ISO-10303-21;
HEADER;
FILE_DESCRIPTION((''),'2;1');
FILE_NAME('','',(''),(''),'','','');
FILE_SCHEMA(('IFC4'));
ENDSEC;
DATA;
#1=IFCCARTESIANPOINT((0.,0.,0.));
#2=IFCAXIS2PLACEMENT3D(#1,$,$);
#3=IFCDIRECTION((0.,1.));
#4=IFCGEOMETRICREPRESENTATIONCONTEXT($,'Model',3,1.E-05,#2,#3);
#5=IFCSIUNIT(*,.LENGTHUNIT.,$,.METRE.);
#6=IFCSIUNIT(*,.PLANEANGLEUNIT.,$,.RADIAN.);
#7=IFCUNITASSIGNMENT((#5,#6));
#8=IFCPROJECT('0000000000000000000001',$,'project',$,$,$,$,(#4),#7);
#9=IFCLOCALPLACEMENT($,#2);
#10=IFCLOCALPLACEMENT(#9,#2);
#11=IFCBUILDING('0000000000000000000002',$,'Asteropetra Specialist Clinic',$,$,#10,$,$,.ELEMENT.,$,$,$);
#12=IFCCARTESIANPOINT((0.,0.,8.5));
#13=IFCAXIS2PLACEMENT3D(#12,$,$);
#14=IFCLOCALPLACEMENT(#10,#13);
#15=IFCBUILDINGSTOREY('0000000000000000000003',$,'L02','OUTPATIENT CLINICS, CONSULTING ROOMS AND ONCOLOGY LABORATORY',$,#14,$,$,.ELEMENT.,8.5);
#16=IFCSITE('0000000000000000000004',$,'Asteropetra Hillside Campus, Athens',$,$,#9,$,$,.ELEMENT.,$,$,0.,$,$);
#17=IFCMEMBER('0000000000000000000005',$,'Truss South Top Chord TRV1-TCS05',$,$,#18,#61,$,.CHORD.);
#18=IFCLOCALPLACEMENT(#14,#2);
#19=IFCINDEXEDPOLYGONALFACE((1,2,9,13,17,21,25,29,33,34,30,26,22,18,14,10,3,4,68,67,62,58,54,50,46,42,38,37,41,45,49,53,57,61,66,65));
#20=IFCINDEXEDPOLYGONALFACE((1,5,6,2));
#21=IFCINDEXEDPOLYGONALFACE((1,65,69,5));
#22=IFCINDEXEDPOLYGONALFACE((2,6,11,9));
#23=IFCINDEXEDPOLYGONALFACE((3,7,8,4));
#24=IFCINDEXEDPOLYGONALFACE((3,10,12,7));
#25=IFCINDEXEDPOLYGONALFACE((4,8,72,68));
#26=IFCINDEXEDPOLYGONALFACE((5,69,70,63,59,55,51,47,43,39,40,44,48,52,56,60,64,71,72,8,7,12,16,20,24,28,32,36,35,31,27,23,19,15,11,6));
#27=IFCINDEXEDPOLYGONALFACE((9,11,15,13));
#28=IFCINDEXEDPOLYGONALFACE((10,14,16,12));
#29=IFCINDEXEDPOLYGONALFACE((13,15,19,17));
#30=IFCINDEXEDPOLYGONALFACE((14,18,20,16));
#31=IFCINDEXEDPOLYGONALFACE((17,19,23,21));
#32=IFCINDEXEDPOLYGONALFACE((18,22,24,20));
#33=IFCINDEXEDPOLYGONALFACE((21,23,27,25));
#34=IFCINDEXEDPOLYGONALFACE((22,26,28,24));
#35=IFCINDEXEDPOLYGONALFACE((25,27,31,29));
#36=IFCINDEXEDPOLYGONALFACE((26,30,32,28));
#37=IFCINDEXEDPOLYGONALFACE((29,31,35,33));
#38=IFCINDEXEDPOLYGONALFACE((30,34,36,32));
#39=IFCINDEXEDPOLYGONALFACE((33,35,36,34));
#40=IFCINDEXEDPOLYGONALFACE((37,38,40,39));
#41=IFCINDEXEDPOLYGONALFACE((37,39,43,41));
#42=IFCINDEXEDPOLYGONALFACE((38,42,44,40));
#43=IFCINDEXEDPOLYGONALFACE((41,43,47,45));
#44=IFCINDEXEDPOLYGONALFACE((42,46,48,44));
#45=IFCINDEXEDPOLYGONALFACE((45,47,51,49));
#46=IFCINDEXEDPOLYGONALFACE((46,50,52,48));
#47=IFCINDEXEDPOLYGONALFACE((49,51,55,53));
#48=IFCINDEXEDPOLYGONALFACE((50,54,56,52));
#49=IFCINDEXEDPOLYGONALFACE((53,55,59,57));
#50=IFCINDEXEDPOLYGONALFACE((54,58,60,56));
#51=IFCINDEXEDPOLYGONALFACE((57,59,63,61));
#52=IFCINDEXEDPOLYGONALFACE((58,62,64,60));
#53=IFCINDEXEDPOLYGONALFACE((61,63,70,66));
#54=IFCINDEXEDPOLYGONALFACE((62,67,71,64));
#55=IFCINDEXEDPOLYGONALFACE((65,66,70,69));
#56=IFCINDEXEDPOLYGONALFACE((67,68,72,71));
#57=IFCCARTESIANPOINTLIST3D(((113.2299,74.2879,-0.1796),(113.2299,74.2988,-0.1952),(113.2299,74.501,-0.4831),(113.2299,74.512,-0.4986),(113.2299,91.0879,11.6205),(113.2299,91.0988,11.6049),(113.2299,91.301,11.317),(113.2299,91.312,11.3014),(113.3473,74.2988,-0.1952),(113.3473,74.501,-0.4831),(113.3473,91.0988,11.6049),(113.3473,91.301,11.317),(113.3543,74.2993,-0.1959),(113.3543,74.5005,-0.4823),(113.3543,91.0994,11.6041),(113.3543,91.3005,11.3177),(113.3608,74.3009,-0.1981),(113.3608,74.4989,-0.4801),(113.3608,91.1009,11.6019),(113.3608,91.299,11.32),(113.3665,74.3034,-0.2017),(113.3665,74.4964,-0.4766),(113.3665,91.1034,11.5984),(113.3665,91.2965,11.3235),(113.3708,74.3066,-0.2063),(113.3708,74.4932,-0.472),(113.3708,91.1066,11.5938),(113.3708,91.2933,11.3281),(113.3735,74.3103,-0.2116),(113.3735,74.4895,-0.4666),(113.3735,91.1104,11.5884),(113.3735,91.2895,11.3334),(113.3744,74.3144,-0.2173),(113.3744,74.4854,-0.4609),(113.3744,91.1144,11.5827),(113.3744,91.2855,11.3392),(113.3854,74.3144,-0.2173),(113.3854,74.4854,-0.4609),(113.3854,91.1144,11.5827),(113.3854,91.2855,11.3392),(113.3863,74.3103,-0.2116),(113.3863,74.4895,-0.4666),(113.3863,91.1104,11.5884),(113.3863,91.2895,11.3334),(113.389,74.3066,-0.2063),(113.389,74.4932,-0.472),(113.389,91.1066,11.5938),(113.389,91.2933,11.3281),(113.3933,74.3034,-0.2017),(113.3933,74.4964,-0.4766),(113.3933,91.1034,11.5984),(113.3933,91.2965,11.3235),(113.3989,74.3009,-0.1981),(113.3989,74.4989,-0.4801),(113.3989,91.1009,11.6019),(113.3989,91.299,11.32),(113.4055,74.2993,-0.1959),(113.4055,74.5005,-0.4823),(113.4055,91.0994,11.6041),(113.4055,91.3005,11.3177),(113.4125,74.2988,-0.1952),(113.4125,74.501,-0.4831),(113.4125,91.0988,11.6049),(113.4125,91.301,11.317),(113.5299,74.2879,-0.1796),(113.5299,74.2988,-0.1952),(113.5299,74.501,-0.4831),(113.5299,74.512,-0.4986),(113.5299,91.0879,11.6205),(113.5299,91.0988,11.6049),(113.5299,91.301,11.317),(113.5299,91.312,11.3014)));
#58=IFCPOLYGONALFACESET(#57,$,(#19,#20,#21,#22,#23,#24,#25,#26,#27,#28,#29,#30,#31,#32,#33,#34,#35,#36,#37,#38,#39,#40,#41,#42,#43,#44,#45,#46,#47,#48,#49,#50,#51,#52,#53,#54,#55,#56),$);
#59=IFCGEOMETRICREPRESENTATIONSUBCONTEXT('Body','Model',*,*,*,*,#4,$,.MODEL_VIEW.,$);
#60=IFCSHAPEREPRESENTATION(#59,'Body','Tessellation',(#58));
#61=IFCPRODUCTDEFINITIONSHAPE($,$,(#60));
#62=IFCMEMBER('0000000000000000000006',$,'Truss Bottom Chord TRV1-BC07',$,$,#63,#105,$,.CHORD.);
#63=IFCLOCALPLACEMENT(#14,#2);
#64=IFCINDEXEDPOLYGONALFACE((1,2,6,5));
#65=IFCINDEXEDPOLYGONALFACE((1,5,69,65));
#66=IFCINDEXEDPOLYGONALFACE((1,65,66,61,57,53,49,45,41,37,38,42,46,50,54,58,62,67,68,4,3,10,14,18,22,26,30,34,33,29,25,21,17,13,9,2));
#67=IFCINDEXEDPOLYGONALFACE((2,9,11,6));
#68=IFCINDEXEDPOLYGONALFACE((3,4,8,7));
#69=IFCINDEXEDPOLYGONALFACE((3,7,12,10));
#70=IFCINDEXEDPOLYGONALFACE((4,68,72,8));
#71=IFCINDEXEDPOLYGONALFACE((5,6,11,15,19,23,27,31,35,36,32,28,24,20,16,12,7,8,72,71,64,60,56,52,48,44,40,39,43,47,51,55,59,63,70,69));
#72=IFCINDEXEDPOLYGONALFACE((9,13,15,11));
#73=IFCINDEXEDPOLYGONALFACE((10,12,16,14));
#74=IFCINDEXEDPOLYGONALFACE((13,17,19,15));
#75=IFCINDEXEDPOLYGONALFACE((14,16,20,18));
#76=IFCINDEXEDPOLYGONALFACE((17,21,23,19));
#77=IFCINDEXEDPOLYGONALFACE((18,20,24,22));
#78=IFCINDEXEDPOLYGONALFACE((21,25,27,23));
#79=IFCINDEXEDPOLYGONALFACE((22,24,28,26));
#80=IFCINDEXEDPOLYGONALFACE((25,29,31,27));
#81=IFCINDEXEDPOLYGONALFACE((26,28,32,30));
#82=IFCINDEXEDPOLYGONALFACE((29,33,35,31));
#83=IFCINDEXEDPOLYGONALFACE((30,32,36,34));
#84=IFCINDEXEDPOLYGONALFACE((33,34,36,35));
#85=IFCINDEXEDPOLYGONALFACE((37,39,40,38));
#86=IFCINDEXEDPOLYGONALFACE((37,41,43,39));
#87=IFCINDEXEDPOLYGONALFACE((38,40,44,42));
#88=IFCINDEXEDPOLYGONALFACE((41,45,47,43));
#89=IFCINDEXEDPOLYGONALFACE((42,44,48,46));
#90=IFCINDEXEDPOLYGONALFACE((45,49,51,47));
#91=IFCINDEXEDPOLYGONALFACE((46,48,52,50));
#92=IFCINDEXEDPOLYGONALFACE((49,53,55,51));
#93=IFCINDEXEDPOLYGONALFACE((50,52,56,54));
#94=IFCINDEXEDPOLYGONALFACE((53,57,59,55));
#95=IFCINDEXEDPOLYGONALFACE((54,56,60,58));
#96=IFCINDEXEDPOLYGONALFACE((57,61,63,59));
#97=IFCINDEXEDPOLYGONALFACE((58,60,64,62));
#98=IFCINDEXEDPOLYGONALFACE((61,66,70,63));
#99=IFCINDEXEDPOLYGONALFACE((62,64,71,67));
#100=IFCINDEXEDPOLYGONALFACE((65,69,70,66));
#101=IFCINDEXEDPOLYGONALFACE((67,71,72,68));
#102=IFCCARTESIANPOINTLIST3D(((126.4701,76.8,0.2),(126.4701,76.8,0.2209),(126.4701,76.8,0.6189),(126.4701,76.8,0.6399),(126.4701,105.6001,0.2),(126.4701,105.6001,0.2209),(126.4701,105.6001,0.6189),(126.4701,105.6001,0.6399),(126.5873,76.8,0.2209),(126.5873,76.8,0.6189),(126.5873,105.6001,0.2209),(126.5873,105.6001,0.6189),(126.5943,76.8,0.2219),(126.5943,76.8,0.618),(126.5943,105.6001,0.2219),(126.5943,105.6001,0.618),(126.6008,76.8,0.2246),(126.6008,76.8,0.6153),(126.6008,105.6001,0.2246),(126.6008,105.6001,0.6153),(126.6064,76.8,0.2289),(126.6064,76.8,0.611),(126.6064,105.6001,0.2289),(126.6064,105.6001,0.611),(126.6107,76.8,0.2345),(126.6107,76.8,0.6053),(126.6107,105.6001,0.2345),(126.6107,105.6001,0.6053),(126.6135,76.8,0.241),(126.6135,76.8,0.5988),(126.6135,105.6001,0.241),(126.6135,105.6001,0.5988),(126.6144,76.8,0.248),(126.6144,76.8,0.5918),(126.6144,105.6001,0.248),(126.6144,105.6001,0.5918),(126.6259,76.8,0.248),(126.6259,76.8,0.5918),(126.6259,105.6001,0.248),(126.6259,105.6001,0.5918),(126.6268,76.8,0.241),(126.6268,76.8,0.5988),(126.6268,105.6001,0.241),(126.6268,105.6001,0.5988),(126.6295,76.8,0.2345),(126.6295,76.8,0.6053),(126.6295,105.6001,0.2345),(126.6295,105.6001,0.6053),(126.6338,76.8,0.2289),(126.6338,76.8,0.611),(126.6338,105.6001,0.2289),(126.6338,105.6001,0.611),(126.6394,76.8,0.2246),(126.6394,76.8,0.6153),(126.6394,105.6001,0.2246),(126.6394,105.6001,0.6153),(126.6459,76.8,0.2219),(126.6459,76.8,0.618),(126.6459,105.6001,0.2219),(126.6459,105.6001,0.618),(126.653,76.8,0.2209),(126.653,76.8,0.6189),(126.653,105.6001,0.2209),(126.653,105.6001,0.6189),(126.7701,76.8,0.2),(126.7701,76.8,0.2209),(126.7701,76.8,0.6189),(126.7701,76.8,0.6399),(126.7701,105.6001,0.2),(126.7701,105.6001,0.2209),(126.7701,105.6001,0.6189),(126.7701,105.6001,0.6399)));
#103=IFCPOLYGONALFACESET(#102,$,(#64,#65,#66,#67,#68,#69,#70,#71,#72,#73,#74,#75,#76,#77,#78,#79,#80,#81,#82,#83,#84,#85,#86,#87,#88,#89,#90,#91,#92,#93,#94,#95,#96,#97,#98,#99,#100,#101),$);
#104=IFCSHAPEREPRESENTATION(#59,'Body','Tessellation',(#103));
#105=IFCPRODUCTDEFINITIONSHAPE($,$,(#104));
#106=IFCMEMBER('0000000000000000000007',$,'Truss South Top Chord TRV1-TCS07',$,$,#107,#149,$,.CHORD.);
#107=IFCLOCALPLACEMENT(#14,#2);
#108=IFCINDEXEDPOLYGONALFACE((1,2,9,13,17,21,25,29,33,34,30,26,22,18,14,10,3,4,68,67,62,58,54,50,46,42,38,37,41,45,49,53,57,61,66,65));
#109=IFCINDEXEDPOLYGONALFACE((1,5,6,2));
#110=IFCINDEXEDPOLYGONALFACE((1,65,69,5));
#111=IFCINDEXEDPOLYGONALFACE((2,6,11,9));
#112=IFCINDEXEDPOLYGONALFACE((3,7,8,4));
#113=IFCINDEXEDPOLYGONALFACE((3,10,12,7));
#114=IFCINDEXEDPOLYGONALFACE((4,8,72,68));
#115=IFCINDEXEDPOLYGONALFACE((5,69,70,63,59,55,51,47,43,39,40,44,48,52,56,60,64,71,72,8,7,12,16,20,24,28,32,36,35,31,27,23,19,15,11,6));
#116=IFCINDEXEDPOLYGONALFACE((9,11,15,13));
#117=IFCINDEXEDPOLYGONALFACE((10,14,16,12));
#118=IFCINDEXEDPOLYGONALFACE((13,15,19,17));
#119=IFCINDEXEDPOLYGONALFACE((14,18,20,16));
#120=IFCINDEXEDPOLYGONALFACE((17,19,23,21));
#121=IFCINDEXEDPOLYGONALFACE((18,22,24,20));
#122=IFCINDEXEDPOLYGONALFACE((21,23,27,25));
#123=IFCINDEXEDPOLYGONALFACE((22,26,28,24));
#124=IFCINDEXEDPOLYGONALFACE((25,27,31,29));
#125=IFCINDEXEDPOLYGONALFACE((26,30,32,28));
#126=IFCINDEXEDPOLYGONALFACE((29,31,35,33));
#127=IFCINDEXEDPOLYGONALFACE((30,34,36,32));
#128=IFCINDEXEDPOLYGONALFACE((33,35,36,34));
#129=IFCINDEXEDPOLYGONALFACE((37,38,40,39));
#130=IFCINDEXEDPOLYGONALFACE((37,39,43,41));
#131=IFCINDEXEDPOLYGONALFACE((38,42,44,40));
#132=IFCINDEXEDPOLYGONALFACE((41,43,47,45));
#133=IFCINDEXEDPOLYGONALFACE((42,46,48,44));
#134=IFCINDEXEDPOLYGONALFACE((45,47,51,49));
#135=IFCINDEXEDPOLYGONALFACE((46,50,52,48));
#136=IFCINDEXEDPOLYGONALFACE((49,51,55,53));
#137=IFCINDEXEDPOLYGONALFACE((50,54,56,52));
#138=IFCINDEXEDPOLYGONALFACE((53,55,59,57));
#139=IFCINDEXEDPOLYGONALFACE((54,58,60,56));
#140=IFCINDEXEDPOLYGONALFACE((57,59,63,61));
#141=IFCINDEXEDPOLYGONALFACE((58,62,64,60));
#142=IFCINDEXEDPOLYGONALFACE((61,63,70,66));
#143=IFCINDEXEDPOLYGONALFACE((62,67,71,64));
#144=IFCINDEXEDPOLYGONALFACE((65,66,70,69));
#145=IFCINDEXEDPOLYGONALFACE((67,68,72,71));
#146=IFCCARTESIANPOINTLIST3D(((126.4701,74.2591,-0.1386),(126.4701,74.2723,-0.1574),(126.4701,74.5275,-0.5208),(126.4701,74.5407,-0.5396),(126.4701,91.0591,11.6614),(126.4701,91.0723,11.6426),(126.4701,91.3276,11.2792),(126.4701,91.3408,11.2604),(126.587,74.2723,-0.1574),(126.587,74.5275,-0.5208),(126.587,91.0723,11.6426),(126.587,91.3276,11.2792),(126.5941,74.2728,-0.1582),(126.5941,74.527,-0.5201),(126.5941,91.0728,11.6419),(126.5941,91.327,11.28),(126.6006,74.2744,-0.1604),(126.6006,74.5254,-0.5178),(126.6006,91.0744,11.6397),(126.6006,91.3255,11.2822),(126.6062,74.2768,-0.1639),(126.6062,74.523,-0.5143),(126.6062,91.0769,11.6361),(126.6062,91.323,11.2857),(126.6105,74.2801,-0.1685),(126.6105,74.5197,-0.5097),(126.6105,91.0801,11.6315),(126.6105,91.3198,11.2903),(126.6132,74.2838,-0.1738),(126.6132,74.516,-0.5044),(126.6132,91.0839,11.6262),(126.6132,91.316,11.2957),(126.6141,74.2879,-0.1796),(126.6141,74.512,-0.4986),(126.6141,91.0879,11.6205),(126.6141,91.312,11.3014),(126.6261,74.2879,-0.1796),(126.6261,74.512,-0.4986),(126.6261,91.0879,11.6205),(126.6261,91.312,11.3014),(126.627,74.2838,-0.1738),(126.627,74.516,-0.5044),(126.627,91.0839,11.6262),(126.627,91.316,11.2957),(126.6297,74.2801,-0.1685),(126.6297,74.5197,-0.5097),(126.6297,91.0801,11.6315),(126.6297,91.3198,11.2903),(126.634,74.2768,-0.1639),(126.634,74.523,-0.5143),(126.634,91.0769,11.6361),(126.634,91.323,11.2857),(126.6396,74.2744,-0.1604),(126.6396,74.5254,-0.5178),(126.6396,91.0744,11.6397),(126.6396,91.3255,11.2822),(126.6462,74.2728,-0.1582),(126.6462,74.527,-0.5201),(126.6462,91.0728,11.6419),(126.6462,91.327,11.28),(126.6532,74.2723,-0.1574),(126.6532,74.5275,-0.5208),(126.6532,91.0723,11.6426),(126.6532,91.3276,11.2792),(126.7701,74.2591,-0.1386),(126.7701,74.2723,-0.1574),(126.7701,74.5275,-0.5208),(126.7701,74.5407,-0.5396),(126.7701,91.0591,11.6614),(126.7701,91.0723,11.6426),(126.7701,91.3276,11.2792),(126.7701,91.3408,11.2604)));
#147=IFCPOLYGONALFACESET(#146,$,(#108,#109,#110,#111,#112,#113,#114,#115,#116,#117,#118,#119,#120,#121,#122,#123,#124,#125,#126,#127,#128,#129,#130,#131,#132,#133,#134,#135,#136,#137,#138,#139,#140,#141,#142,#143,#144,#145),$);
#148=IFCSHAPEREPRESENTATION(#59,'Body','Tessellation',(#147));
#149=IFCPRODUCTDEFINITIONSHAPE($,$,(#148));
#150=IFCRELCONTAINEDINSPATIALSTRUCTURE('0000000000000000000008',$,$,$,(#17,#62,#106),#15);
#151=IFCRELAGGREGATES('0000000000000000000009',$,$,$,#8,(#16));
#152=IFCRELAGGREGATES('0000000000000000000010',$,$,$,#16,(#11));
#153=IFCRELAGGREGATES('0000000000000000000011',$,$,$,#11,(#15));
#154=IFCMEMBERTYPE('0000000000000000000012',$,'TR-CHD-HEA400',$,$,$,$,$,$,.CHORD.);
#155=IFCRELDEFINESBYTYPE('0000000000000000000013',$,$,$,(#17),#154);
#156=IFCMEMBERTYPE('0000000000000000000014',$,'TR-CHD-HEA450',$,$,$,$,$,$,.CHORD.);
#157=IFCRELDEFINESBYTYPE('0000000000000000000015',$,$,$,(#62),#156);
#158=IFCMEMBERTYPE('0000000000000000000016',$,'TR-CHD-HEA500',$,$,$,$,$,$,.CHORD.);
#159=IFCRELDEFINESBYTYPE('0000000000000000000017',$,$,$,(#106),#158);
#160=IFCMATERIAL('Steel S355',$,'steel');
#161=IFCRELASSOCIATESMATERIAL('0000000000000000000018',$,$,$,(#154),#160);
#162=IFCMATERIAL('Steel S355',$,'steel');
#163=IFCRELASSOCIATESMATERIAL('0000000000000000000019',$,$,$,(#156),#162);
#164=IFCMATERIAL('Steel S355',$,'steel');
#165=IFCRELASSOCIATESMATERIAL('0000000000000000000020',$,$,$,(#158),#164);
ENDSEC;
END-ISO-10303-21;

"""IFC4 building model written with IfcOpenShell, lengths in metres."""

from ifc_helpers import new_model, si_unit, direction, frame, origin, origin_2d, place, context, subcontext, project, spatial, i_section, extrude, material, material_profile, profile_set, type_object, element, save


model = new_model("IFC4")

# Units and contexts
model_context = context("Model", 3, precision=1e-05, world=origin(), true_north=direction((0.0, 1.0)))
body_context = subcontext(model_context, "Body", "Model", "MODEL_VIEW")
ifc_project = project(units=[si_unit("LENGTHUNIT", "METRE"), si_unit("PLANEANGLEUNIT", "RADIAN")], contexts=[model_context])

# Site, building, storey
site_placement = place(None, origin())
site = spatial("IfcSite", under=ifc_project, at=site_placement, Name="Asteropetra Hillside Campus, Athens", CompositionType="ELEMENT", RefElevation=0.0)
building_placement = place(site_placement, origin())
building = spatial("IfcBuilding", under=site, at=building_placement, Name="Asteropetra Specialist Clinic", CompositionType="ELEMENT")
storey_placement = place(building_placement, frame((0.0, 0.0, 8.5)))
storey = spatial("IfcBuildingStorey", under=building, at=storey_placement, Name="L02", Description="OUTPATIENT CLINICS, CONSULTING ROOMS AND ONCOLOGY LABORATORY", CompositionType="ELEMENT", Elevation=8.5)

# Members
ifc_material_1 = material(Name="Steel S355", Category="steel")
ifc_material_profile_1 = material_profile(ifc_material_1, i_section(OverallWidth=0.3, OverallDepth=0.3899, WebThickness=0.011, FlangeThickness=0.019, FilletRadius=0.0271, at=origin_2d()), Name="HEA 400")
ifc_profile_set_1 = profile_set([ifc_material_profile_1], Name="Steel S355")
member_type_1 = type_object("IfcMemberType", Name="TR-CHD-HEA400", PredefinedType="CHORD", material=ifc_profile_set_1)
member_1_placement = place(storey_placement, frame((113.3799, 74.3999, -0.3391), z_axis=(0.0, 0.818315, 0.57477), x_axis=(-1.0, 0.0, 0.0)))
element("IfcMember", 1, at=member_1_placement, inside=storey, type_object=member_type_1, Name="Truss South Top Chord TRV1-TCS05", PredefinedType="CHORD", context=body_context, shape_type="SweptSolid", body=[
    extrude(i_section(OverallWidth=0.3, OverallDepth=0.3899, WebThickness=0.011, FlangeThickness=0.019, FilletRadius=0.0271, at=origin_2d()), origin(), (0.0, 0.0, 1.0), 20.53),
])
ifc_material_2 = material(Name="Steel S355", Category="steel")
ifc_material_profile_2 = material_profile(ifc_material_2, i_section(OverallWidth=0.3, OverallDepth=0.4399, WebThickness=0.0115, FlangeThickness=0.021, FilletRadius=0.0271, at=origin_2d()), Name="HEA 450")
ifc_profile_set_2 = profile_set([ifc_material_profile_2], Name="Steel S355")
member_type_2 = type_object("IfcMemberType", Name="TR-CHD-HEA450", PredefinedType="CHORD", material=ifc_profile_set_2)
member_2_placement = place(storey_placement, frame((126.6201, 76.8, 0.4199), z_axis=(0.0, 1.0, 0.0), x_axis=(-1.0, 0.0, 0.0)))
element("IfcMember", 2, at=member_2_placement, inside=storey, type_object=member_type_2, Name="Truss Bottom Chord TRV1-BC07", PredefinedType="CHORD", context=body_context, shape_type="SweptSolid", body=[
    extrude(i_section(OverallWidth=0.3, OverallDepth=0.4399, WebThickness=0.0115, FlangeThickness=0.021, FilletRadius=0.0271, at=origin_2d()), origin(), (0.0, 0.0, 1.0), 28.8),
])
ifc_material_3 = material(Name="Steel S355", Category="steel")
ifc_material_profile_3 = material_profile(ifc_material_3, i_section(OverallWidth=0.3, OverallDepth=0.49, WebThickness=0.012, FlangeThickness=0.0229, FilletRadius=0.0271, at=origin_2d()), Name="HEA 500")
ifc_profile_set_3 = profile_set([ifc_material_profile_3], Name="Steel S355")
member_type_3 = type_object("IfcMemberType", Name="TR-CHD-HEA500", PredefinedType="CHORD", material=ifc_profile_set_3)
member_3_placement = place(storey_placement, frame((126.6201, 74.3999, -0.3391), z_axis=(0.0, 0.818315, 0.57477), x_axis=(-1.0, 0.0, 0.0)))
element("IfcMember", 3, at=member_3_placement, inside=storey, type_object=member_type_3, Name="Truss South Top Chord TRV1-TCS07", PredefinedType="CHORD", context=body_context, shape_type="SweptSolid", body=[
    extrude(i_section(OverallWidth=0.3, OverallDepth=0.49, WebThickness=0.012, FlangeThickness=0.0229, FilletRadius=0.0271, at=origin_2d()), origin(), (0.0, 0.0, 1.0), 20.53),
])

save(model, "model.ifc")
